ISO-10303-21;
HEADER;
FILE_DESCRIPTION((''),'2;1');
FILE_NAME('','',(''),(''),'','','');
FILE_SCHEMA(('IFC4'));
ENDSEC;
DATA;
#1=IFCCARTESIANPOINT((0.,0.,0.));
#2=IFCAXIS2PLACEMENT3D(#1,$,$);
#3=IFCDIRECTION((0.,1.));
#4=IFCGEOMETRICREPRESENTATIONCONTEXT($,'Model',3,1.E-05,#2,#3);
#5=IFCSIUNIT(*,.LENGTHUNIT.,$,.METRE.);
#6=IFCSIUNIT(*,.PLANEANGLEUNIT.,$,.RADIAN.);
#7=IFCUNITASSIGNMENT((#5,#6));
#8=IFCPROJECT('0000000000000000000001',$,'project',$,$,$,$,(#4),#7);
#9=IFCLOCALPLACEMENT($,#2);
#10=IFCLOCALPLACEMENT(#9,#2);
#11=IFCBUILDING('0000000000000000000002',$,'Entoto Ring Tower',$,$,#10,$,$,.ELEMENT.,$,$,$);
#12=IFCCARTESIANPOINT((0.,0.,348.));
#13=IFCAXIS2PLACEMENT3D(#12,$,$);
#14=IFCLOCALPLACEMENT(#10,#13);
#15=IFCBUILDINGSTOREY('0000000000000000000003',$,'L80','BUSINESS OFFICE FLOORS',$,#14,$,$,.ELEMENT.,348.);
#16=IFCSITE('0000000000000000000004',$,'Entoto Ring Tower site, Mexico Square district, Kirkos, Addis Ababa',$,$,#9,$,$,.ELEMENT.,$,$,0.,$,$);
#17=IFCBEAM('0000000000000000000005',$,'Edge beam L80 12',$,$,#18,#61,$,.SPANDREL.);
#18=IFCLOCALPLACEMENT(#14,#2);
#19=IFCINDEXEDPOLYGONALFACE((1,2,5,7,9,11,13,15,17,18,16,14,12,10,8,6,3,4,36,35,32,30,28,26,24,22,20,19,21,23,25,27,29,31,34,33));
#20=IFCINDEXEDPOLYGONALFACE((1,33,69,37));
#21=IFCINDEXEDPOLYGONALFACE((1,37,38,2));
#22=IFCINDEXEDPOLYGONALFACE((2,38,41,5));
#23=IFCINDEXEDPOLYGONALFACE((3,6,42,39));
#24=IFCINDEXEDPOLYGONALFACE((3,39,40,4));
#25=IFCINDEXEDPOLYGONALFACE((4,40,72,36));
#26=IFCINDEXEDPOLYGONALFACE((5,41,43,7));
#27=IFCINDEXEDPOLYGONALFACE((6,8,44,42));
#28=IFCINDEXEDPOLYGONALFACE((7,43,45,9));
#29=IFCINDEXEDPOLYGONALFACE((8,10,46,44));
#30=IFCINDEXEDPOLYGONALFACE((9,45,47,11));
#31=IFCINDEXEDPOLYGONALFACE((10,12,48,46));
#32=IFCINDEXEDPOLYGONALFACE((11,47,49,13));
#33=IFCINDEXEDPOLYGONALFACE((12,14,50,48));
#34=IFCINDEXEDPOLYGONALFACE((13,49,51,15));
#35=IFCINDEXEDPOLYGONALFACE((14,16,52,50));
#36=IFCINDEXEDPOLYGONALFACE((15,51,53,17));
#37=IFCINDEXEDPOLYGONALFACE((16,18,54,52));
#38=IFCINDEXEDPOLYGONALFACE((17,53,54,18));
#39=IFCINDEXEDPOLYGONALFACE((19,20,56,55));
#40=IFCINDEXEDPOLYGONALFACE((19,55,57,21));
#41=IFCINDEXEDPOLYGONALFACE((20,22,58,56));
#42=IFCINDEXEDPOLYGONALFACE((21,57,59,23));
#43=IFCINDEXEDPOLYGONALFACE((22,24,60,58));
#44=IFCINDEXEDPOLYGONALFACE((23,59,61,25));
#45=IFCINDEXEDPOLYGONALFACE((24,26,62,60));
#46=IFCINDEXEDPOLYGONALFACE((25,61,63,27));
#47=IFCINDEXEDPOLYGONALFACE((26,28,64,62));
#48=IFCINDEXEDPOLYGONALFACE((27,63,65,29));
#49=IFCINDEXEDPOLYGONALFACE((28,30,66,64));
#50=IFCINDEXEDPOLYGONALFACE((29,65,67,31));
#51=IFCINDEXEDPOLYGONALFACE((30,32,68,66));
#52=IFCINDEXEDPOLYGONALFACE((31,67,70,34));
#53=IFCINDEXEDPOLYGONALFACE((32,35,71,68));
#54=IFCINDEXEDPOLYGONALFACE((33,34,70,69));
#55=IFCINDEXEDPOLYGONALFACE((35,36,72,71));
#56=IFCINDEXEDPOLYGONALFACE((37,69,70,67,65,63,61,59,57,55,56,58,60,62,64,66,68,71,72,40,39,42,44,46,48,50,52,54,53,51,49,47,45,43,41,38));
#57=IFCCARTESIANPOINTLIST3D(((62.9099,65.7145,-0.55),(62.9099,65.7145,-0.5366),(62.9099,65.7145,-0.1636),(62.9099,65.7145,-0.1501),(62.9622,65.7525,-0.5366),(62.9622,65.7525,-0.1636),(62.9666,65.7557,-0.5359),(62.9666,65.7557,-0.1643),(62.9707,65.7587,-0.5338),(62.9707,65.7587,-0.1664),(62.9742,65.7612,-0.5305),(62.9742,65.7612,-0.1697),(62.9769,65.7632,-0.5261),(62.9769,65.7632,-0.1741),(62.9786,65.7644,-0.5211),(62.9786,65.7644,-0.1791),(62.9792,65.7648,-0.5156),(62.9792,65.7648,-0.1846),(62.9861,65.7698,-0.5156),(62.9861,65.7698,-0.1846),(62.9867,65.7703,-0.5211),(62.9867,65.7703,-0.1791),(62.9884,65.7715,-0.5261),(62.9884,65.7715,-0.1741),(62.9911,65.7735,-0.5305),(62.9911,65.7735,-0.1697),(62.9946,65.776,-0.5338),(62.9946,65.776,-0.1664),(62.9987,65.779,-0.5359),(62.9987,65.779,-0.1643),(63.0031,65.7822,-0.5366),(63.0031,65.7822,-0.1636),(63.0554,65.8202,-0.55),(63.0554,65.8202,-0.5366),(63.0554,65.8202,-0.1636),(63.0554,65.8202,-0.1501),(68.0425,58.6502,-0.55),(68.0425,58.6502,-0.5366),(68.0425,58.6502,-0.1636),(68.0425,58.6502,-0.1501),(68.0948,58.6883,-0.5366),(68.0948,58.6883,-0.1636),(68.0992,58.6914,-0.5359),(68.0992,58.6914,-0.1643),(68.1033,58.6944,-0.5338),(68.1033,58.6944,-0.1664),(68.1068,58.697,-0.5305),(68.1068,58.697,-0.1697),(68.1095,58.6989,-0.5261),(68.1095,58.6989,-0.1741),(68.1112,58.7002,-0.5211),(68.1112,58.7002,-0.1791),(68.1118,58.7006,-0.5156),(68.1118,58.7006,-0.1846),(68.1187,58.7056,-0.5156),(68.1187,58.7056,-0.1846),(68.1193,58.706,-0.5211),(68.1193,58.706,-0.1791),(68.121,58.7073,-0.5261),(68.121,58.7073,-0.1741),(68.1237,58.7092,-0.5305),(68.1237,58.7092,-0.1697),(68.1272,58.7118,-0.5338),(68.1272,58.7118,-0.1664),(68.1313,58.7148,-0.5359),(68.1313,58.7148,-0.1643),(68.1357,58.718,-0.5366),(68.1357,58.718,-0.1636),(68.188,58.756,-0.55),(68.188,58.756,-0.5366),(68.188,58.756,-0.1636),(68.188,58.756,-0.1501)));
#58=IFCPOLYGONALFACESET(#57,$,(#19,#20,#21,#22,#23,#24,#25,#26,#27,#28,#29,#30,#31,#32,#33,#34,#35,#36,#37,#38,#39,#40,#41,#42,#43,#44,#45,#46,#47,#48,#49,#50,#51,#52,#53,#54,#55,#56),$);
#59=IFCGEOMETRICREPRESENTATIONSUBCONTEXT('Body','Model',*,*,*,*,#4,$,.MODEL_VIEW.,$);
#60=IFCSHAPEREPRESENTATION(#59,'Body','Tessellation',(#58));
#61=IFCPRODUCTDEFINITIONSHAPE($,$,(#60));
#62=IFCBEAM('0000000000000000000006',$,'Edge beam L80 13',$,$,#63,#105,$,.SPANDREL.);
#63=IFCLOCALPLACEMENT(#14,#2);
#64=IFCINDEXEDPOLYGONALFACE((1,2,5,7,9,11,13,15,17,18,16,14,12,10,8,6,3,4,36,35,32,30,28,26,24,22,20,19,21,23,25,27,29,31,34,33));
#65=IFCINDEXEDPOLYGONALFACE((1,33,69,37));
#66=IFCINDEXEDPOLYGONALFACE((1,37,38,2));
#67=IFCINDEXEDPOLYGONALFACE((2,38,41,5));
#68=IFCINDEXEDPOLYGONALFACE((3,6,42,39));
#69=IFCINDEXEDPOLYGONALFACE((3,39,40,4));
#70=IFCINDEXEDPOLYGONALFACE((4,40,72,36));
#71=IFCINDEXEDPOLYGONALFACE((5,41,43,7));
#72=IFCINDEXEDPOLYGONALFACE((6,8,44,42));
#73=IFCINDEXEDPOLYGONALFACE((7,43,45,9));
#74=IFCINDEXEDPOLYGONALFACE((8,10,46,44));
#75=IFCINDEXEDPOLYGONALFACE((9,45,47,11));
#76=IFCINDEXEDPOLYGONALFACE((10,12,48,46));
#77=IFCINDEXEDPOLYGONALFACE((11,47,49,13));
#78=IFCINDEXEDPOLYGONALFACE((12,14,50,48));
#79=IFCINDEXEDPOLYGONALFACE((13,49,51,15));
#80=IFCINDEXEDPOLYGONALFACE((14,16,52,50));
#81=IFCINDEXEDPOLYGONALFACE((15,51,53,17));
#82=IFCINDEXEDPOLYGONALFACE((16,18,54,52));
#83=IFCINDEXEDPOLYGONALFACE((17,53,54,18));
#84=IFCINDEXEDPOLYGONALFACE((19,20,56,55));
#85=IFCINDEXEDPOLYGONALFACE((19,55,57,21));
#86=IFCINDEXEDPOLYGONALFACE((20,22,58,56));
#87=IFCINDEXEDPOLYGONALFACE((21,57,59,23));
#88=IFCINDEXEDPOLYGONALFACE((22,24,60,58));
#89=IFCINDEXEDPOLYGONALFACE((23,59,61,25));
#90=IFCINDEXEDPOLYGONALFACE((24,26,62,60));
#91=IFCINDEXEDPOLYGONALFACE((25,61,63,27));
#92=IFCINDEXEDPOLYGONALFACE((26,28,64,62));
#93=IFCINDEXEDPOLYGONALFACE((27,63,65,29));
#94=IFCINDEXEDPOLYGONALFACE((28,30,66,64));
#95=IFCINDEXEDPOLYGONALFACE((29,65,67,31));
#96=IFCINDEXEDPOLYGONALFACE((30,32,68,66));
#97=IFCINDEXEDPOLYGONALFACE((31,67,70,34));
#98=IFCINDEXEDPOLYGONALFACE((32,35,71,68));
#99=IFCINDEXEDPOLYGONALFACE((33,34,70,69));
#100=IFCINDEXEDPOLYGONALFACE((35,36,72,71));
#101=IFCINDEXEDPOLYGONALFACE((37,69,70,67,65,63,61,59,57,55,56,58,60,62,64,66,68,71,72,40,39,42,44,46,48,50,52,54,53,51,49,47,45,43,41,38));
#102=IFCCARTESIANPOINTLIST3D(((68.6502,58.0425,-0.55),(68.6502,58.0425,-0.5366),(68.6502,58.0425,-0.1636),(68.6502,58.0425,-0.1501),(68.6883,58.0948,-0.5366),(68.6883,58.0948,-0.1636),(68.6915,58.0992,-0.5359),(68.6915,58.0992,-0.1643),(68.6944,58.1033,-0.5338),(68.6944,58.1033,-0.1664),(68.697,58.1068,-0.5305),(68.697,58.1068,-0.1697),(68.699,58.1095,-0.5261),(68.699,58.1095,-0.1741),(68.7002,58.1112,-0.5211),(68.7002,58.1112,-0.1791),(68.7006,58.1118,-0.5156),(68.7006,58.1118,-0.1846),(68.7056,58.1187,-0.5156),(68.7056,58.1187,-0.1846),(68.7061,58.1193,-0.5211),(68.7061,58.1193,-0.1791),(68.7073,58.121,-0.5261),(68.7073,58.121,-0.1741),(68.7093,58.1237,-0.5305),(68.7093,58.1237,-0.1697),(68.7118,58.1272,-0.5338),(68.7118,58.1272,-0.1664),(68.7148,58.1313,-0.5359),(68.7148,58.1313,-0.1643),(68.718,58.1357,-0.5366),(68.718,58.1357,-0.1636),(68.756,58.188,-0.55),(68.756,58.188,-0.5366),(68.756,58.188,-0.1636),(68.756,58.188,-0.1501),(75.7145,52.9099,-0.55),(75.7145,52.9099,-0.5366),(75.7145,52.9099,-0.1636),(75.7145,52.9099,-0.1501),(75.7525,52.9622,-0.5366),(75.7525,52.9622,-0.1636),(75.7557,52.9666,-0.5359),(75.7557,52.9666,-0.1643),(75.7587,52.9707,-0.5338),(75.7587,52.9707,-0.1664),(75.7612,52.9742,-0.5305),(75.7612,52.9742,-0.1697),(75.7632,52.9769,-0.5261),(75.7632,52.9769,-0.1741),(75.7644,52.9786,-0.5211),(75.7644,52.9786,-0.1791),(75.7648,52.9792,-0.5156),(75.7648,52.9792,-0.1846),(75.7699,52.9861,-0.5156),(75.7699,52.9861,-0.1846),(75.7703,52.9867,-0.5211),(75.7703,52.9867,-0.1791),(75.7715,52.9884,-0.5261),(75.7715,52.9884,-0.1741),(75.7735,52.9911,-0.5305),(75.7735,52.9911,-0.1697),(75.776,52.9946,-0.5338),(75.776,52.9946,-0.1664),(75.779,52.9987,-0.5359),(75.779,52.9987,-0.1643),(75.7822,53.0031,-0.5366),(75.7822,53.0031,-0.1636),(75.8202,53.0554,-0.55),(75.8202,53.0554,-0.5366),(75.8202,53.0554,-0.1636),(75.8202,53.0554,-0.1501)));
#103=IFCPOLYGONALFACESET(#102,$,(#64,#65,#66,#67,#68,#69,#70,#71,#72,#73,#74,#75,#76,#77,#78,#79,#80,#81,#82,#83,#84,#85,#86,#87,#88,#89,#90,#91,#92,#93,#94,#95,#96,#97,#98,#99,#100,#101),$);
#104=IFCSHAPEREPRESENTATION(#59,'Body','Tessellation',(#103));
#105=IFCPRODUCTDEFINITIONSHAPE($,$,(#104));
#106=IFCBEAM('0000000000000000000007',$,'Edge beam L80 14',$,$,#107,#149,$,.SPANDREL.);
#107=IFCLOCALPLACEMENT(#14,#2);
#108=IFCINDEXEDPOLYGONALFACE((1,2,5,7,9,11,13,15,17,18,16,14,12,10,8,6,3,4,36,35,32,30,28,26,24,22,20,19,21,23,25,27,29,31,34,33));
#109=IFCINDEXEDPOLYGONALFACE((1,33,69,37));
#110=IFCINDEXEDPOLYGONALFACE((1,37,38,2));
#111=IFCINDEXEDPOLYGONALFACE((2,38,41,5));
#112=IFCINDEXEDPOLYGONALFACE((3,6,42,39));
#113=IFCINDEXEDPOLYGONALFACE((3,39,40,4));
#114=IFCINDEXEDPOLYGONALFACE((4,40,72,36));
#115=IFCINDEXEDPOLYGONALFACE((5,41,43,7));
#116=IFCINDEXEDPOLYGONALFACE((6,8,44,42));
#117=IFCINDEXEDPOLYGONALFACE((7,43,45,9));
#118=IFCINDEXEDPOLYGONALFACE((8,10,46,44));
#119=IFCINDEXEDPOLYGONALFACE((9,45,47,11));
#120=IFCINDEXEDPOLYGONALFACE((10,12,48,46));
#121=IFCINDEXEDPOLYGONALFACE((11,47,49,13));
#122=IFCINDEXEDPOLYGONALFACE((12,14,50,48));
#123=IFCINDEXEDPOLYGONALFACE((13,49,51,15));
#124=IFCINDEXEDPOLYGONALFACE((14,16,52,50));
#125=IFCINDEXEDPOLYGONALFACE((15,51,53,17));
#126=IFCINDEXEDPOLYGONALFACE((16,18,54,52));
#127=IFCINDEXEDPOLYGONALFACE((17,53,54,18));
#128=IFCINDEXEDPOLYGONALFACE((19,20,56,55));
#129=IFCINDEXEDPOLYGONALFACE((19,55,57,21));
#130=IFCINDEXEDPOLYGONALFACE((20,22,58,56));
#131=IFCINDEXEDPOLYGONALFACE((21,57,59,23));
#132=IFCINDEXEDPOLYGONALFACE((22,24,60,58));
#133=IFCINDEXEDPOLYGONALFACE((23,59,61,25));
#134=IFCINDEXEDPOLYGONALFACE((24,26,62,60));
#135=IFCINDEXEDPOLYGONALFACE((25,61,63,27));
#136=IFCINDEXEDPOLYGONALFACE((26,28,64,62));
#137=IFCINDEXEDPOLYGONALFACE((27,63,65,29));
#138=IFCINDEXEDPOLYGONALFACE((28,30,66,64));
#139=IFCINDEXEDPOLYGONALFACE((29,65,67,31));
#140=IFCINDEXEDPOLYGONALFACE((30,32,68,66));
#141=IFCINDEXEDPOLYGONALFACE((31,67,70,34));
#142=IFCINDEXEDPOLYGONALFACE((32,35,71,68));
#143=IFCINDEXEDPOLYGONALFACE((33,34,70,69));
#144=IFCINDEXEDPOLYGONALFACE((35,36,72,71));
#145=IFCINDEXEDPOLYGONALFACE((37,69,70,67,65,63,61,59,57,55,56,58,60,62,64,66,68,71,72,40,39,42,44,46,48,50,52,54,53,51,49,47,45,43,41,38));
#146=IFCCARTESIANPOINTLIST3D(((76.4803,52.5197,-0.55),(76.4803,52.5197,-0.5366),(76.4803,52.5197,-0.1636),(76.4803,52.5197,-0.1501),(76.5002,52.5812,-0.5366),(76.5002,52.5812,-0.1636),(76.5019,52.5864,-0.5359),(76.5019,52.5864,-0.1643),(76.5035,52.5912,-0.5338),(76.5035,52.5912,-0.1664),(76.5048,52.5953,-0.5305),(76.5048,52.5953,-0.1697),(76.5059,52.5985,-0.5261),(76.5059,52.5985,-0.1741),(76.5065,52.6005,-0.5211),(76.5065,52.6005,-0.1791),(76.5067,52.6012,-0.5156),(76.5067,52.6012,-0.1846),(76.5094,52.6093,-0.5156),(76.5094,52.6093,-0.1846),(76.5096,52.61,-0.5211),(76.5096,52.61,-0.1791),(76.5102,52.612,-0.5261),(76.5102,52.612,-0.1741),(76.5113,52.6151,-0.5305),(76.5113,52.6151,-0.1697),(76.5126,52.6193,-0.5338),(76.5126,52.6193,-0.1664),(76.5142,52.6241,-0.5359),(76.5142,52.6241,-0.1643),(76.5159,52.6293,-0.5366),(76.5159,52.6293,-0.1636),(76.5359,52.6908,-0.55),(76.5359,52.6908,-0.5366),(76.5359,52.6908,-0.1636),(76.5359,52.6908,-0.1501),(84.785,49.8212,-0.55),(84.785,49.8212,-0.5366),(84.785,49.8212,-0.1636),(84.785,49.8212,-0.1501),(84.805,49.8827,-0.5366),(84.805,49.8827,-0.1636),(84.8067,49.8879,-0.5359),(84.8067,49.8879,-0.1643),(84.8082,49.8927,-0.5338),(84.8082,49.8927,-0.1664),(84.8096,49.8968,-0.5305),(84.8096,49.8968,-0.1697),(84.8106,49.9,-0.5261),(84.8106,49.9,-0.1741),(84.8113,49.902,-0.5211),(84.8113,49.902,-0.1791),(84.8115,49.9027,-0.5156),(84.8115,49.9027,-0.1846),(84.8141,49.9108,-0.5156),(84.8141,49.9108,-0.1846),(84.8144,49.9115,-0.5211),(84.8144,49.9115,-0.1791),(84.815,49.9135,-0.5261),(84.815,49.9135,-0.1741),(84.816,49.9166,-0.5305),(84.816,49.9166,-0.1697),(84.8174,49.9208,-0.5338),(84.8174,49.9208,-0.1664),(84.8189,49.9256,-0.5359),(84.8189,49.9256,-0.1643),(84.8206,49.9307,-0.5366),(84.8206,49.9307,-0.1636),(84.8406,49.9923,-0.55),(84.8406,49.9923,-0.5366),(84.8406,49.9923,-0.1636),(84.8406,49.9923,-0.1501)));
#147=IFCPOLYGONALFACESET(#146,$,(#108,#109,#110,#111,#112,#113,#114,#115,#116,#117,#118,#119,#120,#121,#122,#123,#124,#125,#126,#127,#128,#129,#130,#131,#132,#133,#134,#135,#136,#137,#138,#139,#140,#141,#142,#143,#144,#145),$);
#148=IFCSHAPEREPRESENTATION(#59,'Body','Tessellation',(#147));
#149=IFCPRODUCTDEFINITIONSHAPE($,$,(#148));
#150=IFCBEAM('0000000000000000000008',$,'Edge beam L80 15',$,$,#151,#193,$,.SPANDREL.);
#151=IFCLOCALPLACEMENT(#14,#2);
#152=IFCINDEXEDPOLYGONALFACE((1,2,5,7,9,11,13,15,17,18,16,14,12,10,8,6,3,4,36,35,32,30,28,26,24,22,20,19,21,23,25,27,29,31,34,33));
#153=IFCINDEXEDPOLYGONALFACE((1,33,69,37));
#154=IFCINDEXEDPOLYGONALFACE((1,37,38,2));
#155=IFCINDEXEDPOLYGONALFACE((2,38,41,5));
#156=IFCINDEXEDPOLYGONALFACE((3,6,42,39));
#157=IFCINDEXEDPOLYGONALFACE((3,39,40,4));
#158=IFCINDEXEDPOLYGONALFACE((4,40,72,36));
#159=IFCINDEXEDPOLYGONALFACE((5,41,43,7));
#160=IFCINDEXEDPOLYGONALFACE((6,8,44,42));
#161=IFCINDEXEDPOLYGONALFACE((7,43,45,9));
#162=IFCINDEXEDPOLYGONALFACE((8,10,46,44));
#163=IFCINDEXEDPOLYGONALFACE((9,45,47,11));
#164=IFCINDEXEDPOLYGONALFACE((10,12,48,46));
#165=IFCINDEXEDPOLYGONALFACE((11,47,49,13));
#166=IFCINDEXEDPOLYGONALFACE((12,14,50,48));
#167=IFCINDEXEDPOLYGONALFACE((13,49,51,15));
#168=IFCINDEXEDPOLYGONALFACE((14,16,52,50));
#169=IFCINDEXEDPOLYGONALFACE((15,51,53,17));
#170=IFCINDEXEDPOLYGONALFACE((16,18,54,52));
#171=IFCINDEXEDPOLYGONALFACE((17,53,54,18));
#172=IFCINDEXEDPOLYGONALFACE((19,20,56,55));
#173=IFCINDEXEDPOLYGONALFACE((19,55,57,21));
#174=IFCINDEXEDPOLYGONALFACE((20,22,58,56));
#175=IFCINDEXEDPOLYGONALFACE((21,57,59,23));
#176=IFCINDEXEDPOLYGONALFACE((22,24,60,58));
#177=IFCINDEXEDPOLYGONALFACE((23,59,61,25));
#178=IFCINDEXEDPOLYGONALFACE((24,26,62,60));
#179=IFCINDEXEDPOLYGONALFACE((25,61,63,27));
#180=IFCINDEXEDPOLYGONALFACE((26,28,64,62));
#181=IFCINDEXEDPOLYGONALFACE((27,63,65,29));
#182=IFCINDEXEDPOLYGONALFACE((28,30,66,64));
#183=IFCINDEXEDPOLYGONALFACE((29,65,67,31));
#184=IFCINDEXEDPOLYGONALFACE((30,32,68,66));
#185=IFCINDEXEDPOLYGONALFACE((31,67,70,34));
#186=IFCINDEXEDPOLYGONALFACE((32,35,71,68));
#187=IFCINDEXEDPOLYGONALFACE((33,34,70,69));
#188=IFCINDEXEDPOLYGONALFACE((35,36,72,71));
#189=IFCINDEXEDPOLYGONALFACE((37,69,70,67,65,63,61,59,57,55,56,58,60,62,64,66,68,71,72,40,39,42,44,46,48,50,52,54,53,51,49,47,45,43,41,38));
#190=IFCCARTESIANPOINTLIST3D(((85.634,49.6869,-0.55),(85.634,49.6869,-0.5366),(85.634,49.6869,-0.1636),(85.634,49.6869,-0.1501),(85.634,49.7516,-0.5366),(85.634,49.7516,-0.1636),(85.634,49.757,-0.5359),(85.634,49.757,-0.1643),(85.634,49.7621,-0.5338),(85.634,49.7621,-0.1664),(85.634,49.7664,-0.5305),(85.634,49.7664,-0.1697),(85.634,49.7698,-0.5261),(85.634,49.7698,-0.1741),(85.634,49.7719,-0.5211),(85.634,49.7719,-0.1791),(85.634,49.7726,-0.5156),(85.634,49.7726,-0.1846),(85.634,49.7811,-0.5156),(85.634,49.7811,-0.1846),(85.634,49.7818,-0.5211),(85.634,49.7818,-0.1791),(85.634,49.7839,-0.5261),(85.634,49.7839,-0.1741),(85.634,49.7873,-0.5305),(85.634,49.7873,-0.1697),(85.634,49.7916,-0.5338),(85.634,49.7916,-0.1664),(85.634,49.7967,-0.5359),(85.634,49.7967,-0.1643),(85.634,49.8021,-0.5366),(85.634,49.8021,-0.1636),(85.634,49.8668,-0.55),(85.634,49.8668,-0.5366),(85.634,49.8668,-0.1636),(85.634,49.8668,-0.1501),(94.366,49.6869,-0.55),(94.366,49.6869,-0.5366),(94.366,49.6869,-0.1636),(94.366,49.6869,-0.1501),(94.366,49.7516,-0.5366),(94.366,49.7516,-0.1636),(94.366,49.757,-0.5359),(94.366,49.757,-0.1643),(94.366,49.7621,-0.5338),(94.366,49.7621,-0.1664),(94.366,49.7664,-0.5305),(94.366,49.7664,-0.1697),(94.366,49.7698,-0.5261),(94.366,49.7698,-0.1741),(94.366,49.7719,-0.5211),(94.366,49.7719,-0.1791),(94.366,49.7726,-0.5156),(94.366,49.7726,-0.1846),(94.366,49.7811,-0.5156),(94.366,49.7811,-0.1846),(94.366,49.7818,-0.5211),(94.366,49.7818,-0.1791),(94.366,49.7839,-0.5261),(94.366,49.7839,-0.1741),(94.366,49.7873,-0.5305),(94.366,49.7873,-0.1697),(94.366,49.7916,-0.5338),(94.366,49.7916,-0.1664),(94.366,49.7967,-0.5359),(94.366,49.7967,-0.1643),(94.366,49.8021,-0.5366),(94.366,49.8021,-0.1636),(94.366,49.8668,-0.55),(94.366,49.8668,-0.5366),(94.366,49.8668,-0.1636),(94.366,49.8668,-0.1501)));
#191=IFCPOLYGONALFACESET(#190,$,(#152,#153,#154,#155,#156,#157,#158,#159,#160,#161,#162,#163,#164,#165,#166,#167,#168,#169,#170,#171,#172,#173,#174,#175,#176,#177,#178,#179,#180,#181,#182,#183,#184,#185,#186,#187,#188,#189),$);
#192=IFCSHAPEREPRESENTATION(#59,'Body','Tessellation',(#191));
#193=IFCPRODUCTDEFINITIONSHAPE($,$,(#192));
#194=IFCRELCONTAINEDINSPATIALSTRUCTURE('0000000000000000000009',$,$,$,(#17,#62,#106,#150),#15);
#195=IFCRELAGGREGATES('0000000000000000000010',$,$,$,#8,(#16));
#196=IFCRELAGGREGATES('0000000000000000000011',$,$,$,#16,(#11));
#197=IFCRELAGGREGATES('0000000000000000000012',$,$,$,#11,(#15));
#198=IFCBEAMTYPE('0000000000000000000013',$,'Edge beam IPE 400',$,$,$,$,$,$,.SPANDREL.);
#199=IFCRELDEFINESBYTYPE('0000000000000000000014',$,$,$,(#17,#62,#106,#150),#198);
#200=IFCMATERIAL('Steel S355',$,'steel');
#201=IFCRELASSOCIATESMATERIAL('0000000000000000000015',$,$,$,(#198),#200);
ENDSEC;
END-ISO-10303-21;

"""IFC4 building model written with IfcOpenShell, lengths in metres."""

from ifc_helpers import new_model, si_unit, direction, frame, origin, origin_2d, place, context, subcontext, project, spatial, i_section, extrude, material, material_profile, profile_set, type_object, element, save


model = new_model("IFC4")

# Units and contexts
model_context = context("Model", 3, precision=1e-05, world=origin(), true_north=direction((0.0, 1.0)))
body_context = subcontext(model_context, "Body", "Model", "MODEL_VIEW")
ifc_project = project(units=[si_unit("LENGTHUNIT", "METRE"), si_unit("PLANEANGLEUNIT", "RADIAN")], contexts=[model_context])

# Site, building, storey
site_placement = place(None, origin())
site = spatial("IfcSite", under=ifc_project, at=site_placement, Name="Entoto Ring Tower site, Mexico Square district, Kirkos, Addis Ababa", CompositionType="ELEMENT", RefElevation=0.0)
building_placement = place(site_placement, origin())
building = spatial("IfcBuilding", under=site, at=building_placement, Name="Entoto Ring Tower", CompositionType="ELEMENT")
storey_placement = place(building_placement, frame((0.0, 0.0, 348.0)))
storey = spatial("IfcBuildingStorey", under=building, at=storey_placement, Name="L80", Description="BUSINESS OFFICE FLOORS", CompositionType="ELEMENT", Elevation=348.0)

# Beams
ifc_material_1 = material(Name="Steel S355", Category="steel")
ifc_material_profile_1 = material_profile(ifc_material_1, i_section(OverallWidth=0.1799, OverallDepth=0.3999, WebThickness=0.0085, FlangeThickness=0.0134, FilletRadius=0.021, at=origin_2d()), Name="IPE 400")
ifc_profile_set_1 = profile_set([ifc_material_profile_1], Name="Steel S355")
beam_type_1 = type_object("IfcBeamType", Name="Edge beam IPE 400", PredefinedType="SPANDREL", material=ifc_profile_set_1)
for number, where, z_axis, x_axis, name in (
    (1, (62.9827, 65.7673, -0.3501), (0.587794, -0.80901, 0.0), (0.80901, 0.587794, 0.0), "Edge beam L80 12"),
    (2, (68.7031, 58.1152, -0.3501), (0.80901, -0.587794, 0.0), (0.587794, 0.80901, 0.0), "Edge beam L80 13"),
):
    element("IfcBeam", number, at=place(storey_placement, frame(where, z_axis=z_axis, x_axis=x_axis)), inside=storey, type_object=beam_type_1, Name=name, PredefinedType="SPANDREL", context=body_context, shape_type="SweptSolid", body=[
        extrude(i_section(OverallWidth=0.1799, OverallDepth=0.3999, WebThickness=0.0085, FlangeThickness=0.0134, FilletRadius=0.021, at=origin_2d()), origin(), (0.0, 0.0, 1.0), 8.7319),
    ])
beam_1_placement = place(storey_placement, frame((76.5081, 52.6052, -0.3501), z_axis=(0.951052, -0.30903, 0.0), x_axis=(0.30903, 0.951052, 0.0)))
element("IfcBeam", 3, at=beam_1_placement, inside=storey, type_object=beam_type_1, Name="Edge beam L80 14", PredefinedType="SPANDREL", context=body_context, shape_type="SweptSolid", body=[
    extrude(i_section(OverallWidth=0.1799, OverallDepth=0.3999, WebThickness=0.0085, FlangeThickness=0.0134, FilletRadius=0.021, at=origin_2d()), origin(), (0.0, 0.0, 1.0), 8.7322),
])
beam_2_placement = place(storey_placement, frame((85.634, 49.7769, -0.3501), z_axis=(1.0, 0.0, 0.0), x_axis=(0.0, 1.0, 0.0)))
element("IfcBeam", 4, at=beam_2_placement, inside=storey, type_object=beam_type_1, Name="Edge beam L80 15", PredefinedType="SPANDREL", context=body_context, shape_type="SweptSolid", body=[
    extrude(i_section(OverallWidth=0.1799, OverallDepth=0.3999, WebThickness=0.0085, FlangeThickness=0.0134, FilletRadius=0.021, at=origin_2d()), origin(), (0.0, 0.0, 1.0), 8.7319),
])

save(model, "model.ifc")
